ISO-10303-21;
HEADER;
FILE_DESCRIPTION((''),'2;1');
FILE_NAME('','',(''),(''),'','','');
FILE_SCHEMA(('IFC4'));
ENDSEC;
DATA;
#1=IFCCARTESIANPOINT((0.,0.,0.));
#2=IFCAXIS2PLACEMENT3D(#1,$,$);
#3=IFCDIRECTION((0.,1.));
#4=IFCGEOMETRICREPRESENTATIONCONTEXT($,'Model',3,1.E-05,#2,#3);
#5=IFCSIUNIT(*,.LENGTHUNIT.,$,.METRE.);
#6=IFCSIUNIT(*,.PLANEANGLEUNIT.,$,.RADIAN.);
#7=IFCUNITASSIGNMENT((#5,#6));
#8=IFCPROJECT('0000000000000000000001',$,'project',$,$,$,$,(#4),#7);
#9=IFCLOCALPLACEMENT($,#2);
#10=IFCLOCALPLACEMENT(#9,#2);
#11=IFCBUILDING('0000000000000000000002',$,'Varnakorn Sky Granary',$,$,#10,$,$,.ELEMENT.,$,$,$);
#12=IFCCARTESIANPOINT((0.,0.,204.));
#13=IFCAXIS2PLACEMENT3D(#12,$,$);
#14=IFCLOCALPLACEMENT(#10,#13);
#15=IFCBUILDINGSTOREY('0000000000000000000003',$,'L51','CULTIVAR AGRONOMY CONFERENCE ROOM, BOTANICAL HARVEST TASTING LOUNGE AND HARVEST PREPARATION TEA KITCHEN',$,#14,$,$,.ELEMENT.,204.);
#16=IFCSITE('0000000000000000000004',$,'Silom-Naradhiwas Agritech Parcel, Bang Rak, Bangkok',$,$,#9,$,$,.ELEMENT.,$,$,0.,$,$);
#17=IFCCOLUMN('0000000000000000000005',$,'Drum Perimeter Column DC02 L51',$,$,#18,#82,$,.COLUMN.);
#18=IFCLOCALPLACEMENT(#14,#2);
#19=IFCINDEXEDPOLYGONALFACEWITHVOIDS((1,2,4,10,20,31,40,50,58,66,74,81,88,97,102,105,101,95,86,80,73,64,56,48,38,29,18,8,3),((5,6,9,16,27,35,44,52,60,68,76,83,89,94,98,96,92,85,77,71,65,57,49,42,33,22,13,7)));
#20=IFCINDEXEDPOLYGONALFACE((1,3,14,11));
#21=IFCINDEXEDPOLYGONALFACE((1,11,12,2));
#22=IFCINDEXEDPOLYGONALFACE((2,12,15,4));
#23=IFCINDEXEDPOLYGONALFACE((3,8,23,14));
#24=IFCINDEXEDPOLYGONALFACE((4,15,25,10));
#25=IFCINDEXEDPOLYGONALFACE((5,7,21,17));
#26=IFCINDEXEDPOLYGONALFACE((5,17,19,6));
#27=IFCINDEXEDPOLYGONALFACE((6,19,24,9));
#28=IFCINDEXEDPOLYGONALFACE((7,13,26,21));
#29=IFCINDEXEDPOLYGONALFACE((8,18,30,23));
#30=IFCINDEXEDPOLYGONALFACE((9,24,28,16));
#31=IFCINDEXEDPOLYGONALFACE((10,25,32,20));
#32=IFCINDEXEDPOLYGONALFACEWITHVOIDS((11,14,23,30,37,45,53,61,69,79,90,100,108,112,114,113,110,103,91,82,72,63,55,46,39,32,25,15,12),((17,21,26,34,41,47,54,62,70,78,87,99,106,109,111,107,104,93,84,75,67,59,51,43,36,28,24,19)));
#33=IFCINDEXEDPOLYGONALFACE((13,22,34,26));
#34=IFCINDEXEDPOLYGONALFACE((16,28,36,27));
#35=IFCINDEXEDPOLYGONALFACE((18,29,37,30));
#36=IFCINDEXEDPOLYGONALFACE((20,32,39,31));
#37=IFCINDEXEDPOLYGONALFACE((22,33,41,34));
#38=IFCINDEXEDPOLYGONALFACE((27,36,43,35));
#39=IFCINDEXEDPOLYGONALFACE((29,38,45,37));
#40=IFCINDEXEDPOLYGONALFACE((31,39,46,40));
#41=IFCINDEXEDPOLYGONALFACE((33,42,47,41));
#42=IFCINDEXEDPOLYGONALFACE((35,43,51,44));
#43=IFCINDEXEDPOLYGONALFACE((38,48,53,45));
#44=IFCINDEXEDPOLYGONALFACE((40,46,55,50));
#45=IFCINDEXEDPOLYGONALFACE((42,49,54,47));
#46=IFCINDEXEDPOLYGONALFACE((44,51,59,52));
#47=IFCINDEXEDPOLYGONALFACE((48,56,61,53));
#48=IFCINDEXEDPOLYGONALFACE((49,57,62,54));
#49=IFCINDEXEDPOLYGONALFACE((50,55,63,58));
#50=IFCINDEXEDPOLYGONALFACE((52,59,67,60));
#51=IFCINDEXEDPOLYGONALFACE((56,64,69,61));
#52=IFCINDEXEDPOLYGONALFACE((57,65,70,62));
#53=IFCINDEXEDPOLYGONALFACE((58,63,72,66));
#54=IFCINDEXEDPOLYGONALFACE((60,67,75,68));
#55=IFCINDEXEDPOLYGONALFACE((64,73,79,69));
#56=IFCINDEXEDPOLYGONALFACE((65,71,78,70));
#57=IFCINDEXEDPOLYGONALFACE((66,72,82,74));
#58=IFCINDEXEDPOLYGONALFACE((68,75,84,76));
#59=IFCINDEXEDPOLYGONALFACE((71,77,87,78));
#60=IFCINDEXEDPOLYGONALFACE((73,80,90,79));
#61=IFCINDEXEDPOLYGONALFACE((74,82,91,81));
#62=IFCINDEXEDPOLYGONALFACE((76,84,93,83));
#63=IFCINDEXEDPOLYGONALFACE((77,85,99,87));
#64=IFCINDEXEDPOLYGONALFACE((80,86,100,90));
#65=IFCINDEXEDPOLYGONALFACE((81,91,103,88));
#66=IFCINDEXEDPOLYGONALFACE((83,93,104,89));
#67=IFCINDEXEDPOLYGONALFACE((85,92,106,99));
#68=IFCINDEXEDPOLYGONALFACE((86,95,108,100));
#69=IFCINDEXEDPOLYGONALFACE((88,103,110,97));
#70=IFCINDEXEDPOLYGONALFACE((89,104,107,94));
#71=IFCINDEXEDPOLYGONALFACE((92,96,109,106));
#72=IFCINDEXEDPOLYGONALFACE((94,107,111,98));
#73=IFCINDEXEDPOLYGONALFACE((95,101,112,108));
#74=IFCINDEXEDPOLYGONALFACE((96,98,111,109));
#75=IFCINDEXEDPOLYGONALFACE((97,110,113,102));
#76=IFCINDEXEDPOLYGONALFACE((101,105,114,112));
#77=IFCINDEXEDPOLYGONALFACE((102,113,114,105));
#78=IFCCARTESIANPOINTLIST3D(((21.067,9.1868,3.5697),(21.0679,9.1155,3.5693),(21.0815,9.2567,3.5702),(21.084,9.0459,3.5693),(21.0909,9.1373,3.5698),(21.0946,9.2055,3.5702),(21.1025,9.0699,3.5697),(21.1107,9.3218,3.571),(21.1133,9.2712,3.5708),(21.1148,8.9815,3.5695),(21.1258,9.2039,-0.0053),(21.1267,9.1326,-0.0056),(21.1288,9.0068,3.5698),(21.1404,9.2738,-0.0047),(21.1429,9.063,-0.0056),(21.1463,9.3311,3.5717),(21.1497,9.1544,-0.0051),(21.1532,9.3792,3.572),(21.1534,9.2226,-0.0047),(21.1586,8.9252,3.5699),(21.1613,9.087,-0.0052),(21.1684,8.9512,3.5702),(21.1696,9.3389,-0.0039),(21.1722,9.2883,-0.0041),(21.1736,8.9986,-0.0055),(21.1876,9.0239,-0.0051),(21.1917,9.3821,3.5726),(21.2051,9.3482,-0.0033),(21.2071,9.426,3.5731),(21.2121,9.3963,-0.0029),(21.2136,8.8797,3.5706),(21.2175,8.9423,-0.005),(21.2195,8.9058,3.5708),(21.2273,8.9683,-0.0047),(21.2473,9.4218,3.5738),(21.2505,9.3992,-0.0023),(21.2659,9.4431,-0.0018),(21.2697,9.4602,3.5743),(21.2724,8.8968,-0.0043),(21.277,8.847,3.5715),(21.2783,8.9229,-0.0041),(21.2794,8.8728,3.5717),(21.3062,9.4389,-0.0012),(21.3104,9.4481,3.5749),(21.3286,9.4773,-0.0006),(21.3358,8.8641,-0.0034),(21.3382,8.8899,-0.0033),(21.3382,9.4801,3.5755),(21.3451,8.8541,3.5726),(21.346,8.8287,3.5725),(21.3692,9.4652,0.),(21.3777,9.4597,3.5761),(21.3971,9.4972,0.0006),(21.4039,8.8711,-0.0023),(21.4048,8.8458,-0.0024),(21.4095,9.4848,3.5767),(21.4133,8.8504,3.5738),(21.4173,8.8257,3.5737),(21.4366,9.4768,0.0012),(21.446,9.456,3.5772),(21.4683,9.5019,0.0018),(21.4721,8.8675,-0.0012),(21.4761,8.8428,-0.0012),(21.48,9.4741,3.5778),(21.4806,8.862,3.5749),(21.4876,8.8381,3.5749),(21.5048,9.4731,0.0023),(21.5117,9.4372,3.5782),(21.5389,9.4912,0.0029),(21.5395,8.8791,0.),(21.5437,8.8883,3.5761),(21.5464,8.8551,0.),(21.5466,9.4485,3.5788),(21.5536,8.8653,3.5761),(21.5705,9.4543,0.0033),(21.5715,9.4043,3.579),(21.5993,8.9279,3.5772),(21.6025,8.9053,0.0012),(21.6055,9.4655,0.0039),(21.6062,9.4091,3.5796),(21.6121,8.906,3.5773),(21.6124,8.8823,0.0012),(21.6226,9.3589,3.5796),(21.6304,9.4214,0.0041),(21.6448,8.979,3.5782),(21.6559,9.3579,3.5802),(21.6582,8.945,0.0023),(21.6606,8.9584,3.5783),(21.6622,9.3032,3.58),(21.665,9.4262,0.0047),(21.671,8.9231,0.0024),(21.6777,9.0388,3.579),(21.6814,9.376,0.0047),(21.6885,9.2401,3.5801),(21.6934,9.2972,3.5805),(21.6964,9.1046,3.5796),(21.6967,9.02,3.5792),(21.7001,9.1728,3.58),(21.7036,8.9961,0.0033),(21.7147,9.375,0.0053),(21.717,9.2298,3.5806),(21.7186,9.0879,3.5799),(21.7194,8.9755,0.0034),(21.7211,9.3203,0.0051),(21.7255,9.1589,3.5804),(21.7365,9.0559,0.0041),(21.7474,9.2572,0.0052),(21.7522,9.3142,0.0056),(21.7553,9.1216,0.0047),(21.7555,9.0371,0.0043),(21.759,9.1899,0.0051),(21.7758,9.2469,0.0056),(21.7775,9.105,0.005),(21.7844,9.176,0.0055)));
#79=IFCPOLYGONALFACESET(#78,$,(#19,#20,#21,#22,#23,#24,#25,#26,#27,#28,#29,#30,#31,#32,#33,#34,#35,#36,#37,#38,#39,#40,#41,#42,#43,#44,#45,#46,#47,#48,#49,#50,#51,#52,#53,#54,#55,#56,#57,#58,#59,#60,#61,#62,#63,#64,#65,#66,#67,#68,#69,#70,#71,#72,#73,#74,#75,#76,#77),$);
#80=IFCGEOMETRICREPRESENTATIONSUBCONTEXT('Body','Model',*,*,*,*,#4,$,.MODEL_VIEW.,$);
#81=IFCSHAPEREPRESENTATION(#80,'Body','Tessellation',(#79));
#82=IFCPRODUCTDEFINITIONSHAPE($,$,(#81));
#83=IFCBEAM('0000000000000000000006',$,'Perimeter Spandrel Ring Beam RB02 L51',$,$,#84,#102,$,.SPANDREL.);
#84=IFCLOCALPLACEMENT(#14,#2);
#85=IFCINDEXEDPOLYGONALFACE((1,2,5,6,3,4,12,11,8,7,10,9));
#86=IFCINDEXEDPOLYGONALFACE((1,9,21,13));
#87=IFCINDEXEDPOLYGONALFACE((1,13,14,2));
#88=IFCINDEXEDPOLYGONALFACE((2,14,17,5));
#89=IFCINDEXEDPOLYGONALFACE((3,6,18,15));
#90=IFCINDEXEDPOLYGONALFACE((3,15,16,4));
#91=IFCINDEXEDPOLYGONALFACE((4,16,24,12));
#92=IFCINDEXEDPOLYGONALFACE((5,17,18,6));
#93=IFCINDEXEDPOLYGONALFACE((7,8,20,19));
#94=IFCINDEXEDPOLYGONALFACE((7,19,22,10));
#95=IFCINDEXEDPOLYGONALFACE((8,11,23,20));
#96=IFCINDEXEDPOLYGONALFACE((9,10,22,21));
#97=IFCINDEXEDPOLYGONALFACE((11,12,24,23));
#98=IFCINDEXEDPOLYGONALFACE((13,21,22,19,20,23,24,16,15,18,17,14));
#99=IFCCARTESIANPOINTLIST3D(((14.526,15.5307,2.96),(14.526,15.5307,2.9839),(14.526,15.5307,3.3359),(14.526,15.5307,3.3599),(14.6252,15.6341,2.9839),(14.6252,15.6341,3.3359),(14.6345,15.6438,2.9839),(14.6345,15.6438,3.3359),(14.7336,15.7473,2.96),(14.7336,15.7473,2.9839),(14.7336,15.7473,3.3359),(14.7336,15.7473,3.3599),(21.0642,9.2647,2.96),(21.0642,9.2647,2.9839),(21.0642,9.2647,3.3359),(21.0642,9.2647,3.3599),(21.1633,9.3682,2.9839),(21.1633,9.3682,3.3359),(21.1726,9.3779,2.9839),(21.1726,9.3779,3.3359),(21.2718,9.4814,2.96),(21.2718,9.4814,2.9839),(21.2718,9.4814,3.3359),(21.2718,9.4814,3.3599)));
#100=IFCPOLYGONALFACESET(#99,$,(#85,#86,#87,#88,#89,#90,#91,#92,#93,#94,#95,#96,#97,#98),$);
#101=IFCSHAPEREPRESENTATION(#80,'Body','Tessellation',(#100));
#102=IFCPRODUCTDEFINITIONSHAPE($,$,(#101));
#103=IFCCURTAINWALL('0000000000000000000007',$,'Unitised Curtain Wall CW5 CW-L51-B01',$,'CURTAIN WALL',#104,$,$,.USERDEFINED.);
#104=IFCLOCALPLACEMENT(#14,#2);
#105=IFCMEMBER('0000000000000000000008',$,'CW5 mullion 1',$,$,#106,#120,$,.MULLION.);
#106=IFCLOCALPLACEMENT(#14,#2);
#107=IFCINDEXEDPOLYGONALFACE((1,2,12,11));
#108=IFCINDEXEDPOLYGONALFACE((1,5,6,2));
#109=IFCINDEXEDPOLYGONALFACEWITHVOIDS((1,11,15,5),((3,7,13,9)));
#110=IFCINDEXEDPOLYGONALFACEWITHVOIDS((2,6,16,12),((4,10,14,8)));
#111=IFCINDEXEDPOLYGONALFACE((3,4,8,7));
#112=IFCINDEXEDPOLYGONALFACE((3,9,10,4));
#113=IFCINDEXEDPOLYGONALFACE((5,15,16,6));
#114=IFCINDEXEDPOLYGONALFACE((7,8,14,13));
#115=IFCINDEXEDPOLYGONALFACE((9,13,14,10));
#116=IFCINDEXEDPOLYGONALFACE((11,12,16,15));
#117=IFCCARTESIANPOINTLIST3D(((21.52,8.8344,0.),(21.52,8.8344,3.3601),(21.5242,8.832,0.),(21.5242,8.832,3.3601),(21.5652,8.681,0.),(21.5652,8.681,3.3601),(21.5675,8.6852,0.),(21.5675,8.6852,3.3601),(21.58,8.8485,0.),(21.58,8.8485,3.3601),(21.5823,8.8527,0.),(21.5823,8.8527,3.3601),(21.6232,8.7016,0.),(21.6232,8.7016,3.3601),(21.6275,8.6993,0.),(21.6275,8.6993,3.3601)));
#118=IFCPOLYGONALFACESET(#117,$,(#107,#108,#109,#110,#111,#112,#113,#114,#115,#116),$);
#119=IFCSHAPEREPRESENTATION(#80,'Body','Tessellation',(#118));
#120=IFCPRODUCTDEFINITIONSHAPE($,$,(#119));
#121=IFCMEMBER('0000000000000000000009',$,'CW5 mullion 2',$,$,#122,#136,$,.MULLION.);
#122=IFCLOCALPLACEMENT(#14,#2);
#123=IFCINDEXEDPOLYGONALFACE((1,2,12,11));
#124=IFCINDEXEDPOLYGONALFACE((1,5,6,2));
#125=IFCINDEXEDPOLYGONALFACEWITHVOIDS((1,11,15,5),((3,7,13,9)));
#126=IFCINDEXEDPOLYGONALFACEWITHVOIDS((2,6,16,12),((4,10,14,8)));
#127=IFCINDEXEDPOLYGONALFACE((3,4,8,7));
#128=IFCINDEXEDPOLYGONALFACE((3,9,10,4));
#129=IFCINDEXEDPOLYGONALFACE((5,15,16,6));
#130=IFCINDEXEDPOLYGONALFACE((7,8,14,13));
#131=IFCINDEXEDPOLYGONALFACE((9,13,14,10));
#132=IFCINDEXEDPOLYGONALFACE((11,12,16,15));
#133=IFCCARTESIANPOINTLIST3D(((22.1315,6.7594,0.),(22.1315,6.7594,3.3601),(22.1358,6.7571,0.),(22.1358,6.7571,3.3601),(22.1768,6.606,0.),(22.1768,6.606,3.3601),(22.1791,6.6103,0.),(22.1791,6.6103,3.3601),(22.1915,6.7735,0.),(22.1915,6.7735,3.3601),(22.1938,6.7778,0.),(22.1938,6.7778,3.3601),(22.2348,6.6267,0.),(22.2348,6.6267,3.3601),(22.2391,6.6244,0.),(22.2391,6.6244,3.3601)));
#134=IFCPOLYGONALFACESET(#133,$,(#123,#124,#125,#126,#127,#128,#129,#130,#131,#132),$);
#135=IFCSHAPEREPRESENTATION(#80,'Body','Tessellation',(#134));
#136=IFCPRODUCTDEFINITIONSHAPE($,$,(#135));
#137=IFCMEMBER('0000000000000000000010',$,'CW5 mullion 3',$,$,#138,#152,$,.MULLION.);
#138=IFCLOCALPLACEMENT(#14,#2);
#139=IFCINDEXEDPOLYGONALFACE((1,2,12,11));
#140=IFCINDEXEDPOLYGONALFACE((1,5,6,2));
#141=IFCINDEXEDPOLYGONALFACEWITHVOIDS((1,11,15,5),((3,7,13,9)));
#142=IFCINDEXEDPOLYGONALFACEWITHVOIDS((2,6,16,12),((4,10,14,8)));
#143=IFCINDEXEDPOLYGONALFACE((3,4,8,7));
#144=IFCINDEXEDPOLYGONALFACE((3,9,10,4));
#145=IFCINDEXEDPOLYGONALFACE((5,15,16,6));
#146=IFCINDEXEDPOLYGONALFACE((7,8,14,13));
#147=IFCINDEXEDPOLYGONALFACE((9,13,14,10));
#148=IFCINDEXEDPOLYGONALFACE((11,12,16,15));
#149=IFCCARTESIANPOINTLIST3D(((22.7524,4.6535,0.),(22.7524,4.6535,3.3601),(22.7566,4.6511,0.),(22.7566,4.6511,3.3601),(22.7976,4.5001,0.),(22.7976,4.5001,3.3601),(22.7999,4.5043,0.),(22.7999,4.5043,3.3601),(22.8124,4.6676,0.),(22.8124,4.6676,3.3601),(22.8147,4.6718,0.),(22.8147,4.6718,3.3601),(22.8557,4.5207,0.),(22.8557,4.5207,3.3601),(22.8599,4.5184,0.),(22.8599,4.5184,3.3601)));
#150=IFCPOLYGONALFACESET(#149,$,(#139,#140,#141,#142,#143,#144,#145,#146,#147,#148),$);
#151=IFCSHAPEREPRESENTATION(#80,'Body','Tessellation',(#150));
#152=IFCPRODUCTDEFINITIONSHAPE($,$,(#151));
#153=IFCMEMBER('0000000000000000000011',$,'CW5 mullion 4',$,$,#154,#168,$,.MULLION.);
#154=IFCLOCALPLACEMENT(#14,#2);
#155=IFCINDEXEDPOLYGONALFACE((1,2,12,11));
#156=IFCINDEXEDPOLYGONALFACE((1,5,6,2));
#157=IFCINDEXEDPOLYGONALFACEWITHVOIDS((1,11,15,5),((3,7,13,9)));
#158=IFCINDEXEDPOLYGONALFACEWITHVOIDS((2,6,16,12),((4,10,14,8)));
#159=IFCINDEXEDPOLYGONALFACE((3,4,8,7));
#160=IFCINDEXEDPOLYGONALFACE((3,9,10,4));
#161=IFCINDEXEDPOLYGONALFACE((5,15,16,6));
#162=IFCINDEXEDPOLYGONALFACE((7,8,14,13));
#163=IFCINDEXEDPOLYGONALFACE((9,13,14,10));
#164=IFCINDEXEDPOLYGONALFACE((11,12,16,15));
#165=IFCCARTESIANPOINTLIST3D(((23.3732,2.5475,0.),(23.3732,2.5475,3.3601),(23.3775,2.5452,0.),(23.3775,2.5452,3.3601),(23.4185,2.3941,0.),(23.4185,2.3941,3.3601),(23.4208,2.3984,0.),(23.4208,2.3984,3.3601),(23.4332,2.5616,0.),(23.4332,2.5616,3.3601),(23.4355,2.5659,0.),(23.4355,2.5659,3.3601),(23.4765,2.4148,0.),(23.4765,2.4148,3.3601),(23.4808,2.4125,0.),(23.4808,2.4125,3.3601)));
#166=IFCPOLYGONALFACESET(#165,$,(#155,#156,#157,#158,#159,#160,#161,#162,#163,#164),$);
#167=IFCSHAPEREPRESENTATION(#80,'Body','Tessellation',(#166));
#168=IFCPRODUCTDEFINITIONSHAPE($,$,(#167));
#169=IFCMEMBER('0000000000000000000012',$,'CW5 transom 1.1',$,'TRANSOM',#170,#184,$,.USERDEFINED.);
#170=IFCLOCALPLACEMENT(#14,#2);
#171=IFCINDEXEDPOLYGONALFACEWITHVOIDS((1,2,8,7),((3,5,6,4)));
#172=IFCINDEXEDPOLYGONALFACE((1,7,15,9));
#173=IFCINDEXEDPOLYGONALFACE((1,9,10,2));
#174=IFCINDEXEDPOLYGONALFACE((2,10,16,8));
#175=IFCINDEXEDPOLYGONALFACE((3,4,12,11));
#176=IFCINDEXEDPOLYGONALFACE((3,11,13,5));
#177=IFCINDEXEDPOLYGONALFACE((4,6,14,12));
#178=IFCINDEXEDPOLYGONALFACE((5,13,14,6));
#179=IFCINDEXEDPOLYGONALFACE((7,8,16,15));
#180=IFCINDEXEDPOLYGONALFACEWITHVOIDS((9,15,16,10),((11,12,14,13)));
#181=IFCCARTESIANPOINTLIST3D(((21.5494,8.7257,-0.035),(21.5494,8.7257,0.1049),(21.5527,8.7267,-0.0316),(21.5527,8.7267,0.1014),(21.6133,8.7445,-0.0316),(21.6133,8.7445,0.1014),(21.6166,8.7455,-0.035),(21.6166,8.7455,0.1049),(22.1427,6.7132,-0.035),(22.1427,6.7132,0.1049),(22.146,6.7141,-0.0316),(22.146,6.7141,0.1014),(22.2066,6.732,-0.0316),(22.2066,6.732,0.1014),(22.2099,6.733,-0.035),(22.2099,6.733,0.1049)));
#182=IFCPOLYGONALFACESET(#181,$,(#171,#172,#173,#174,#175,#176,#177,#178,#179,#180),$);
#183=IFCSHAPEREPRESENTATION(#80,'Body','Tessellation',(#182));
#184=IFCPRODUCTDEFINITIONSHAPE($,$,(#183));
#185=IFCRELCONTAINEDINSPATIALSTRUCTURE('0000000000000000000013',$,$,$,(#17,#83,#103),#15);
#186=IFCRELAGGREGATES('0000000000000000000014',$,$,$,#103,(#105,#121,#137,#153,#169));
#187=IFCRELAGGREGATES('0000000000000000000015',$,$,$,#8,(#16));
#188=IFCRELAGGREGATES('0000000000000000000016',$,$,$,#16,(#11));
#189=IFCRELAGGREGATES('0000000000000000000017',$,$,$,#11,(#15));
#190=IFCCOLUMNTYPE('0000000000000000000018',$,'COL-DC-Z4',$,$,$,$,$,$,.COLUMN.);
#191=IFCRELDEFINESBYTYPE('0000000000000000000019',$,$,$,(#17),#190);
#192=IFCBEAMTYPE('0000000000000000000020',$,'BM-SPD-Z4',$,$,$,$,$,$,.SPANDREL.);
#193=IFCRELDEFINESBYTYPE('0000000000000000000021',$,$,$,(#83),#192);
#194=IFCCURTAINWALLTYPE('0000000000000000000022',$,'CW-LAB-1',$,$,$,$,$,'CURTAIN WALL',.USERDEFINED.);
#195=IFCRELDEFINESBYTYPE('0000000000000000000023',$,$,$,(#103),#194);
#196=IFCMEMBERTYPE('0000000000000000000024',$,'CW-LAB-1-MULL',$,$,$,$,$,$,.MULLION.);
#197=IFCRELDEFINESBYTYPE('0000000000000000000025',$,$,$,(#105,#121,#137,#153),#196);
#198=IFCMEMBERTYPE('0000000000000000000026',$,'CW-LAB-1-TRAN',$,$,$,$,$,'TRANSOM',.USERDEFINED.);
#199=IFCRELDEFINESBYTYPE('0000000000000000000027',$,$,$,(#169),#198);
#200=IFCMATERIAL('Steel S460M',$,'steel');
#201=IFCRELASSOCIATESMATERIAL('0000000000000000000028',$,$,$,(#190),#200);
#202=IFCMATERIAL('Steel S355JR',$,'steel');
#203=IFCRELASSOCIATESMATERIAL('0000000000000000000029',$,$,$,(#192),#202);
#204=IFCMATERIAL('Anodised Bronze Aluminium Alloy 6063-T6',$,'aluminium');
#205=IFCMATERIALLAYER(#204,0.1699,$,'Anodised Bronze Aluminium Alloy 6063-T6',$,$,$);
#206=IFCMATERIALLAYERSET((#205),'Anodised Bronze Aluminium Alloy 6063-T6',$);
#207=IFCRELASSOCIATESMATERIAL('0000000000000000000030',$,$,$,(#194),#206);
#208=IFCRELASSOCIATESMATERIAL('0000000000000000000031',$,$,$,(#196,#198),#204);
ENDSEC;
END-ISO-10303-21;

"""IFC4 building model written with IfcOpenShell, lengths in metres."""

from ifc_helpers import new_model, si_unit, direction, frame, origin, origin_2d, place, context, subcontext, project, spatial, hollow_rectangle, hollow_circle, i_section, extrude, material, layer, layer_set, material_profile, profile_set, type_object, element, aggregate, save


model = new_model("IFC4")

# Units and contexts
model_context = context("Model", 3, precision=1e-05, world=origin(), true_north=direction((0.0, 1.0)))
body_context = subcontext(model_context, "Body", "Model", "MODEL_VIEW")
ifc_project = project(units=[si_unit("LENGTHUNIT", "METRE"), si_unit("PLANEANGLEUNIT", "RADIAN")], contexts=[model_context])

# Site, building, storey
site_placement = place(None, origin())
site = spatial("IfcSite", under=ifc_project, at=site_placement, Name="Silom-Naradhiwas Agritech Parcel, Bang Rak, Bangkok", CompositionType="ELEMENT", RefElevation=0.0)
building_placement = place(site_placement, origin())
building = spatial("IfcBuilding", under=site, at=building_placement, Name="Varnakorn Sky Granary", CompositionType="ELEMENT")
storey_placement = place(building_placement, frame((0.0, 0.0, 204.0)))
storey = spatial("IfcBuildingStorey", under=building, at=storey_placement, Name="L51", Description="CULTIVAR AGRONOMY CONFERENCE ROOM, BOTANICAL HARVEST TASTING LOUNGE AND HARVEST PREPARATION TEA KITCHEN", CompositionType="ELEMENT", Elevation=204.0)

# Column
ifc_material_1 = material(Name="Steel S460M", Category="steel")
ifc_material_profile_1 = material_profile(ifc_material_1, hollow_circle(Radius=0.3301, WallThickness=0.0249, at=origin_2d()), Name="CHS 660x25")
ifc_profile_set_1 = profile_set([ifc_material_profile_1], Name="Steel S460M")
column_type = type_object("IfcColumnType", Name="COL-DC-Z4", PredefinedType="COLUMN", material=ifc_profile_set_1)
column_placement = place(storey_placement, frame((21.4543, 9.1721, 0.0), z_axis=(-0.016456, -0.00478, 0.999853), x_axis=(0.278929, -0.960312, 0.0)))
element("IfcColumn", 1, at=column_placement, inside=storey, type_object=column_type, Name="Drum Perimeter Column DC02 L51", PredefinedType="COLUMN", context=body_context, shape_type="SweptSolid", body=[
    extrude(hollow_circle(Radius=0.3301, WallThickness=0.0249, at=origin_2d()), origin(), (0.0, 0.0, 1.0), 3.5754),
])

# Beam
ifc_material_2 = material(Name="Steel S355JR", Category="steel")
ifc_material_profile_2 = material_profile(ifc_material_2, i_section(OverallWidth=0.3, OverallDepth=0.3999, WebThickness=0.0134, FlangeThickness=0.0239, at=origin_2d()), Name="HE 400 B")
ifc_profile_set_2 = profile_set([ifc_material_profile_2], Name="Steel S355JR")
beam_type = type_object("IfcBeamType", Name="BM-SPD-Z4", PredefinedType="SPANDREL", material=ifc_profile_set_2)
beam_placement = place(storey_placement, frame((21.168, 9.373, 3.1599), z_axis=(-0.721977, 0.691917, 0.0), x_axis=(-0.691917, -0.721977, 0.0)))
element("IfcBeam", 2, at=beam_placement, inside=storey, type_object=beam_type, Name="Perimeter Spandrel Ring Beam RB02 L51", PredefinedType="SPANDREL", context=body_context, shape_type="SweptSolid", body=[
    extrude(i_section(OverallWidth=0.3, OverallDepth=0.3999, WebThickness=0.0134, FlangeThickness=0.0239, at=origin_2d()), origin(), (0.0, 0.0, 1.0), 9.0559),
])

# Curtain wall, members
ifc_material_3 = material(Name="Anodised Bronze Aluminium Alloy 6063-T6", Category="aluminium")
ifc_layer_1 = layer(ifc_material_3, 0.1699, Name="Anodised Bronze Aluminium Alloy 6063-T6")
ifc_layer_set_1 = layer_set([ifc_layer_1], Name="Anodised Bronze Aluminium Alloy 6063-T6")
curtain_wall_type = type_object("IfcCurtainWallType", Name="CW-LAB-1", ElementType="CURTAIN WALL", PredefinedType="USERDEFINED", material=ifc_layer_set_1)
curtain_wall_placement = place(storey_placement, origin())
curtain_wall = element("IfcCurtainWall", 3, at=curtain_wall_placement, inside=storey, type_object=curtain_wall_type, Name="Unitised Curtain Wall CW5 CW-L51-B01", ObjectType="CURTAIN WALL", PredefinedType="USERDEFINED")
ifc_material_profile_3 = material_profile(ifc_material_3, hollow_rectangle(XDim=0.0649, YDim=0.1599, WallThickness=0.0034, at=origin_2d()), Name="ALU MULL 65x160")
ifc_profile_set_3 = profile_set([ifc_material_profile_3], Name="Anodised Bronze Aluminium Alloy 6063-T6")
member_type_1 = type_object("IfcMemberType", Name="CW-LAB-1-MULL", PredefinedType="MULLION", material=ifc_profile_set_3)
member_1_placement = place(storey_placement, frame((21.5737, 8.7668, 0.0), z_axis=(0.0, 0.0, 1.0), x_axis=(0.959195, 0.282744, 0.0)))
member_1 = element("IfcMember", 4, at=member_1_placement, type_object=member_type_1, Name="CW5 mullion 1", PredefinedType="MULLION", context=body_context, shape_type="SweptSolid", body=[
    extrude(hollow_rectangle(XDim=0.0649, YDim=0.1599, WallThickness=0.0034, at=origin_2d()), origin(), (0.0, 0.0, 1.0), 3.3601),
])
member_2_placement = place(storey_placement, frame((22.1853, 6.6919, 0.0), z_axis=(0.0, 0.0, 1.0), x_axis=(0.959195, 0.282744, 0.0)))
member_2 = element("IfcMember", 5, at=member_2_placement, type_object=member_type_1, Name="CW5 mullion 2", PredefinedType="MULLION", context=body_context, shape_type="SweptSolid", body=[
    extrude(hollow_rectangle(XDim=0.0649, YDim=0.1599, WallThickness=0.0034, at=origin_2d()), origin(), (0.0, 0.0, 1.0), 3.3601),
])
member_3_placement = place(storey_placement, frame((22.8062, 4.5859, 0.0), z_axis=(0.0, 0.0, 1.0), x_axis=(0.959195, 0.282744, 0.0)))
member_3 = element("IfcMember", 6, at=member_3_placement, type_object=member_type_1, Name="CW5 mullion 3", PredefinedType="MULLION", context=body_context, shape_type="SweptSolid", body=[
    extrude(hollow_rectangle(XDim=0.0649, YDim=0.1599, WallThickness=0.0034, at=origin_2d()), origin(), (0.0, 0.0, 1.0), 3.3601),
])
member_4_placement = place(storey_placement, frame((23.427, 2.48, 0.0), z_axis=(0.0, 0.0, 1.0), x_axis=(0.959195, 0.282744, 0.0)))
member_4 = element("IfcMember", 7, at=member_4_placement, type_object=member_type_1, Name="CW5 mullion 4", PredefinedType="MULLION", context=body_context, shape_type="SweptSolid", body=[
    extrude(hollow_rectangle(XDim=0.0649, YDim=0.1599, WallThickness=0.0034, at=origin_2d()), origin(), (0.0, 0.0, 1.0), 3.3601),
])
ifc_material_profile_4 = material_profile(ifc_material_3, hollow_rectangle(XDim=0.0701, YDim=0.1399, WallThickness=0.0034, at=origin_2d()), Name="ALU TRAN 70x140")
ifc_profile_set_4 = profile_set([ifc_material_profile_4], Name="Anodised Bronze Aluminium Alloy 6063-T6")
member_type_2 = type_object("IfcMemberType", Name="CW-LAB-1-TRAN", ElementType="TRANSOM", PredefinedType="USERDEFINED", material=ifc_profile_set_4)
member_5_placement = place(storey_placement, frame((21.583, 8.7356, 0.0349), z_axis=(0.282765, -0.959189, 0.0), x_axis=(0.959189, 0.282765, 0.0)))
member_5 = element("IfcMember", 8, at=member_5_placement, type_object=member_type_2, Name="CW5 transom 1.1", ObjectType="TRANSOM", PredefinedType="USERDEFINED", context=body_context, shape_type="SweptSolid", body=[
    extrude(hollow_rectangle(XDim=0.0701, YDim=0.1399, WallThickness=0.0034, at=origin_2d()), origin(), (0.0, 0.0, 1.0), 2.0981),
])
aggregate(curtain_wall, [member_1, member_2, member_3, member_4, member_5])

save(model, "model.ifc")
